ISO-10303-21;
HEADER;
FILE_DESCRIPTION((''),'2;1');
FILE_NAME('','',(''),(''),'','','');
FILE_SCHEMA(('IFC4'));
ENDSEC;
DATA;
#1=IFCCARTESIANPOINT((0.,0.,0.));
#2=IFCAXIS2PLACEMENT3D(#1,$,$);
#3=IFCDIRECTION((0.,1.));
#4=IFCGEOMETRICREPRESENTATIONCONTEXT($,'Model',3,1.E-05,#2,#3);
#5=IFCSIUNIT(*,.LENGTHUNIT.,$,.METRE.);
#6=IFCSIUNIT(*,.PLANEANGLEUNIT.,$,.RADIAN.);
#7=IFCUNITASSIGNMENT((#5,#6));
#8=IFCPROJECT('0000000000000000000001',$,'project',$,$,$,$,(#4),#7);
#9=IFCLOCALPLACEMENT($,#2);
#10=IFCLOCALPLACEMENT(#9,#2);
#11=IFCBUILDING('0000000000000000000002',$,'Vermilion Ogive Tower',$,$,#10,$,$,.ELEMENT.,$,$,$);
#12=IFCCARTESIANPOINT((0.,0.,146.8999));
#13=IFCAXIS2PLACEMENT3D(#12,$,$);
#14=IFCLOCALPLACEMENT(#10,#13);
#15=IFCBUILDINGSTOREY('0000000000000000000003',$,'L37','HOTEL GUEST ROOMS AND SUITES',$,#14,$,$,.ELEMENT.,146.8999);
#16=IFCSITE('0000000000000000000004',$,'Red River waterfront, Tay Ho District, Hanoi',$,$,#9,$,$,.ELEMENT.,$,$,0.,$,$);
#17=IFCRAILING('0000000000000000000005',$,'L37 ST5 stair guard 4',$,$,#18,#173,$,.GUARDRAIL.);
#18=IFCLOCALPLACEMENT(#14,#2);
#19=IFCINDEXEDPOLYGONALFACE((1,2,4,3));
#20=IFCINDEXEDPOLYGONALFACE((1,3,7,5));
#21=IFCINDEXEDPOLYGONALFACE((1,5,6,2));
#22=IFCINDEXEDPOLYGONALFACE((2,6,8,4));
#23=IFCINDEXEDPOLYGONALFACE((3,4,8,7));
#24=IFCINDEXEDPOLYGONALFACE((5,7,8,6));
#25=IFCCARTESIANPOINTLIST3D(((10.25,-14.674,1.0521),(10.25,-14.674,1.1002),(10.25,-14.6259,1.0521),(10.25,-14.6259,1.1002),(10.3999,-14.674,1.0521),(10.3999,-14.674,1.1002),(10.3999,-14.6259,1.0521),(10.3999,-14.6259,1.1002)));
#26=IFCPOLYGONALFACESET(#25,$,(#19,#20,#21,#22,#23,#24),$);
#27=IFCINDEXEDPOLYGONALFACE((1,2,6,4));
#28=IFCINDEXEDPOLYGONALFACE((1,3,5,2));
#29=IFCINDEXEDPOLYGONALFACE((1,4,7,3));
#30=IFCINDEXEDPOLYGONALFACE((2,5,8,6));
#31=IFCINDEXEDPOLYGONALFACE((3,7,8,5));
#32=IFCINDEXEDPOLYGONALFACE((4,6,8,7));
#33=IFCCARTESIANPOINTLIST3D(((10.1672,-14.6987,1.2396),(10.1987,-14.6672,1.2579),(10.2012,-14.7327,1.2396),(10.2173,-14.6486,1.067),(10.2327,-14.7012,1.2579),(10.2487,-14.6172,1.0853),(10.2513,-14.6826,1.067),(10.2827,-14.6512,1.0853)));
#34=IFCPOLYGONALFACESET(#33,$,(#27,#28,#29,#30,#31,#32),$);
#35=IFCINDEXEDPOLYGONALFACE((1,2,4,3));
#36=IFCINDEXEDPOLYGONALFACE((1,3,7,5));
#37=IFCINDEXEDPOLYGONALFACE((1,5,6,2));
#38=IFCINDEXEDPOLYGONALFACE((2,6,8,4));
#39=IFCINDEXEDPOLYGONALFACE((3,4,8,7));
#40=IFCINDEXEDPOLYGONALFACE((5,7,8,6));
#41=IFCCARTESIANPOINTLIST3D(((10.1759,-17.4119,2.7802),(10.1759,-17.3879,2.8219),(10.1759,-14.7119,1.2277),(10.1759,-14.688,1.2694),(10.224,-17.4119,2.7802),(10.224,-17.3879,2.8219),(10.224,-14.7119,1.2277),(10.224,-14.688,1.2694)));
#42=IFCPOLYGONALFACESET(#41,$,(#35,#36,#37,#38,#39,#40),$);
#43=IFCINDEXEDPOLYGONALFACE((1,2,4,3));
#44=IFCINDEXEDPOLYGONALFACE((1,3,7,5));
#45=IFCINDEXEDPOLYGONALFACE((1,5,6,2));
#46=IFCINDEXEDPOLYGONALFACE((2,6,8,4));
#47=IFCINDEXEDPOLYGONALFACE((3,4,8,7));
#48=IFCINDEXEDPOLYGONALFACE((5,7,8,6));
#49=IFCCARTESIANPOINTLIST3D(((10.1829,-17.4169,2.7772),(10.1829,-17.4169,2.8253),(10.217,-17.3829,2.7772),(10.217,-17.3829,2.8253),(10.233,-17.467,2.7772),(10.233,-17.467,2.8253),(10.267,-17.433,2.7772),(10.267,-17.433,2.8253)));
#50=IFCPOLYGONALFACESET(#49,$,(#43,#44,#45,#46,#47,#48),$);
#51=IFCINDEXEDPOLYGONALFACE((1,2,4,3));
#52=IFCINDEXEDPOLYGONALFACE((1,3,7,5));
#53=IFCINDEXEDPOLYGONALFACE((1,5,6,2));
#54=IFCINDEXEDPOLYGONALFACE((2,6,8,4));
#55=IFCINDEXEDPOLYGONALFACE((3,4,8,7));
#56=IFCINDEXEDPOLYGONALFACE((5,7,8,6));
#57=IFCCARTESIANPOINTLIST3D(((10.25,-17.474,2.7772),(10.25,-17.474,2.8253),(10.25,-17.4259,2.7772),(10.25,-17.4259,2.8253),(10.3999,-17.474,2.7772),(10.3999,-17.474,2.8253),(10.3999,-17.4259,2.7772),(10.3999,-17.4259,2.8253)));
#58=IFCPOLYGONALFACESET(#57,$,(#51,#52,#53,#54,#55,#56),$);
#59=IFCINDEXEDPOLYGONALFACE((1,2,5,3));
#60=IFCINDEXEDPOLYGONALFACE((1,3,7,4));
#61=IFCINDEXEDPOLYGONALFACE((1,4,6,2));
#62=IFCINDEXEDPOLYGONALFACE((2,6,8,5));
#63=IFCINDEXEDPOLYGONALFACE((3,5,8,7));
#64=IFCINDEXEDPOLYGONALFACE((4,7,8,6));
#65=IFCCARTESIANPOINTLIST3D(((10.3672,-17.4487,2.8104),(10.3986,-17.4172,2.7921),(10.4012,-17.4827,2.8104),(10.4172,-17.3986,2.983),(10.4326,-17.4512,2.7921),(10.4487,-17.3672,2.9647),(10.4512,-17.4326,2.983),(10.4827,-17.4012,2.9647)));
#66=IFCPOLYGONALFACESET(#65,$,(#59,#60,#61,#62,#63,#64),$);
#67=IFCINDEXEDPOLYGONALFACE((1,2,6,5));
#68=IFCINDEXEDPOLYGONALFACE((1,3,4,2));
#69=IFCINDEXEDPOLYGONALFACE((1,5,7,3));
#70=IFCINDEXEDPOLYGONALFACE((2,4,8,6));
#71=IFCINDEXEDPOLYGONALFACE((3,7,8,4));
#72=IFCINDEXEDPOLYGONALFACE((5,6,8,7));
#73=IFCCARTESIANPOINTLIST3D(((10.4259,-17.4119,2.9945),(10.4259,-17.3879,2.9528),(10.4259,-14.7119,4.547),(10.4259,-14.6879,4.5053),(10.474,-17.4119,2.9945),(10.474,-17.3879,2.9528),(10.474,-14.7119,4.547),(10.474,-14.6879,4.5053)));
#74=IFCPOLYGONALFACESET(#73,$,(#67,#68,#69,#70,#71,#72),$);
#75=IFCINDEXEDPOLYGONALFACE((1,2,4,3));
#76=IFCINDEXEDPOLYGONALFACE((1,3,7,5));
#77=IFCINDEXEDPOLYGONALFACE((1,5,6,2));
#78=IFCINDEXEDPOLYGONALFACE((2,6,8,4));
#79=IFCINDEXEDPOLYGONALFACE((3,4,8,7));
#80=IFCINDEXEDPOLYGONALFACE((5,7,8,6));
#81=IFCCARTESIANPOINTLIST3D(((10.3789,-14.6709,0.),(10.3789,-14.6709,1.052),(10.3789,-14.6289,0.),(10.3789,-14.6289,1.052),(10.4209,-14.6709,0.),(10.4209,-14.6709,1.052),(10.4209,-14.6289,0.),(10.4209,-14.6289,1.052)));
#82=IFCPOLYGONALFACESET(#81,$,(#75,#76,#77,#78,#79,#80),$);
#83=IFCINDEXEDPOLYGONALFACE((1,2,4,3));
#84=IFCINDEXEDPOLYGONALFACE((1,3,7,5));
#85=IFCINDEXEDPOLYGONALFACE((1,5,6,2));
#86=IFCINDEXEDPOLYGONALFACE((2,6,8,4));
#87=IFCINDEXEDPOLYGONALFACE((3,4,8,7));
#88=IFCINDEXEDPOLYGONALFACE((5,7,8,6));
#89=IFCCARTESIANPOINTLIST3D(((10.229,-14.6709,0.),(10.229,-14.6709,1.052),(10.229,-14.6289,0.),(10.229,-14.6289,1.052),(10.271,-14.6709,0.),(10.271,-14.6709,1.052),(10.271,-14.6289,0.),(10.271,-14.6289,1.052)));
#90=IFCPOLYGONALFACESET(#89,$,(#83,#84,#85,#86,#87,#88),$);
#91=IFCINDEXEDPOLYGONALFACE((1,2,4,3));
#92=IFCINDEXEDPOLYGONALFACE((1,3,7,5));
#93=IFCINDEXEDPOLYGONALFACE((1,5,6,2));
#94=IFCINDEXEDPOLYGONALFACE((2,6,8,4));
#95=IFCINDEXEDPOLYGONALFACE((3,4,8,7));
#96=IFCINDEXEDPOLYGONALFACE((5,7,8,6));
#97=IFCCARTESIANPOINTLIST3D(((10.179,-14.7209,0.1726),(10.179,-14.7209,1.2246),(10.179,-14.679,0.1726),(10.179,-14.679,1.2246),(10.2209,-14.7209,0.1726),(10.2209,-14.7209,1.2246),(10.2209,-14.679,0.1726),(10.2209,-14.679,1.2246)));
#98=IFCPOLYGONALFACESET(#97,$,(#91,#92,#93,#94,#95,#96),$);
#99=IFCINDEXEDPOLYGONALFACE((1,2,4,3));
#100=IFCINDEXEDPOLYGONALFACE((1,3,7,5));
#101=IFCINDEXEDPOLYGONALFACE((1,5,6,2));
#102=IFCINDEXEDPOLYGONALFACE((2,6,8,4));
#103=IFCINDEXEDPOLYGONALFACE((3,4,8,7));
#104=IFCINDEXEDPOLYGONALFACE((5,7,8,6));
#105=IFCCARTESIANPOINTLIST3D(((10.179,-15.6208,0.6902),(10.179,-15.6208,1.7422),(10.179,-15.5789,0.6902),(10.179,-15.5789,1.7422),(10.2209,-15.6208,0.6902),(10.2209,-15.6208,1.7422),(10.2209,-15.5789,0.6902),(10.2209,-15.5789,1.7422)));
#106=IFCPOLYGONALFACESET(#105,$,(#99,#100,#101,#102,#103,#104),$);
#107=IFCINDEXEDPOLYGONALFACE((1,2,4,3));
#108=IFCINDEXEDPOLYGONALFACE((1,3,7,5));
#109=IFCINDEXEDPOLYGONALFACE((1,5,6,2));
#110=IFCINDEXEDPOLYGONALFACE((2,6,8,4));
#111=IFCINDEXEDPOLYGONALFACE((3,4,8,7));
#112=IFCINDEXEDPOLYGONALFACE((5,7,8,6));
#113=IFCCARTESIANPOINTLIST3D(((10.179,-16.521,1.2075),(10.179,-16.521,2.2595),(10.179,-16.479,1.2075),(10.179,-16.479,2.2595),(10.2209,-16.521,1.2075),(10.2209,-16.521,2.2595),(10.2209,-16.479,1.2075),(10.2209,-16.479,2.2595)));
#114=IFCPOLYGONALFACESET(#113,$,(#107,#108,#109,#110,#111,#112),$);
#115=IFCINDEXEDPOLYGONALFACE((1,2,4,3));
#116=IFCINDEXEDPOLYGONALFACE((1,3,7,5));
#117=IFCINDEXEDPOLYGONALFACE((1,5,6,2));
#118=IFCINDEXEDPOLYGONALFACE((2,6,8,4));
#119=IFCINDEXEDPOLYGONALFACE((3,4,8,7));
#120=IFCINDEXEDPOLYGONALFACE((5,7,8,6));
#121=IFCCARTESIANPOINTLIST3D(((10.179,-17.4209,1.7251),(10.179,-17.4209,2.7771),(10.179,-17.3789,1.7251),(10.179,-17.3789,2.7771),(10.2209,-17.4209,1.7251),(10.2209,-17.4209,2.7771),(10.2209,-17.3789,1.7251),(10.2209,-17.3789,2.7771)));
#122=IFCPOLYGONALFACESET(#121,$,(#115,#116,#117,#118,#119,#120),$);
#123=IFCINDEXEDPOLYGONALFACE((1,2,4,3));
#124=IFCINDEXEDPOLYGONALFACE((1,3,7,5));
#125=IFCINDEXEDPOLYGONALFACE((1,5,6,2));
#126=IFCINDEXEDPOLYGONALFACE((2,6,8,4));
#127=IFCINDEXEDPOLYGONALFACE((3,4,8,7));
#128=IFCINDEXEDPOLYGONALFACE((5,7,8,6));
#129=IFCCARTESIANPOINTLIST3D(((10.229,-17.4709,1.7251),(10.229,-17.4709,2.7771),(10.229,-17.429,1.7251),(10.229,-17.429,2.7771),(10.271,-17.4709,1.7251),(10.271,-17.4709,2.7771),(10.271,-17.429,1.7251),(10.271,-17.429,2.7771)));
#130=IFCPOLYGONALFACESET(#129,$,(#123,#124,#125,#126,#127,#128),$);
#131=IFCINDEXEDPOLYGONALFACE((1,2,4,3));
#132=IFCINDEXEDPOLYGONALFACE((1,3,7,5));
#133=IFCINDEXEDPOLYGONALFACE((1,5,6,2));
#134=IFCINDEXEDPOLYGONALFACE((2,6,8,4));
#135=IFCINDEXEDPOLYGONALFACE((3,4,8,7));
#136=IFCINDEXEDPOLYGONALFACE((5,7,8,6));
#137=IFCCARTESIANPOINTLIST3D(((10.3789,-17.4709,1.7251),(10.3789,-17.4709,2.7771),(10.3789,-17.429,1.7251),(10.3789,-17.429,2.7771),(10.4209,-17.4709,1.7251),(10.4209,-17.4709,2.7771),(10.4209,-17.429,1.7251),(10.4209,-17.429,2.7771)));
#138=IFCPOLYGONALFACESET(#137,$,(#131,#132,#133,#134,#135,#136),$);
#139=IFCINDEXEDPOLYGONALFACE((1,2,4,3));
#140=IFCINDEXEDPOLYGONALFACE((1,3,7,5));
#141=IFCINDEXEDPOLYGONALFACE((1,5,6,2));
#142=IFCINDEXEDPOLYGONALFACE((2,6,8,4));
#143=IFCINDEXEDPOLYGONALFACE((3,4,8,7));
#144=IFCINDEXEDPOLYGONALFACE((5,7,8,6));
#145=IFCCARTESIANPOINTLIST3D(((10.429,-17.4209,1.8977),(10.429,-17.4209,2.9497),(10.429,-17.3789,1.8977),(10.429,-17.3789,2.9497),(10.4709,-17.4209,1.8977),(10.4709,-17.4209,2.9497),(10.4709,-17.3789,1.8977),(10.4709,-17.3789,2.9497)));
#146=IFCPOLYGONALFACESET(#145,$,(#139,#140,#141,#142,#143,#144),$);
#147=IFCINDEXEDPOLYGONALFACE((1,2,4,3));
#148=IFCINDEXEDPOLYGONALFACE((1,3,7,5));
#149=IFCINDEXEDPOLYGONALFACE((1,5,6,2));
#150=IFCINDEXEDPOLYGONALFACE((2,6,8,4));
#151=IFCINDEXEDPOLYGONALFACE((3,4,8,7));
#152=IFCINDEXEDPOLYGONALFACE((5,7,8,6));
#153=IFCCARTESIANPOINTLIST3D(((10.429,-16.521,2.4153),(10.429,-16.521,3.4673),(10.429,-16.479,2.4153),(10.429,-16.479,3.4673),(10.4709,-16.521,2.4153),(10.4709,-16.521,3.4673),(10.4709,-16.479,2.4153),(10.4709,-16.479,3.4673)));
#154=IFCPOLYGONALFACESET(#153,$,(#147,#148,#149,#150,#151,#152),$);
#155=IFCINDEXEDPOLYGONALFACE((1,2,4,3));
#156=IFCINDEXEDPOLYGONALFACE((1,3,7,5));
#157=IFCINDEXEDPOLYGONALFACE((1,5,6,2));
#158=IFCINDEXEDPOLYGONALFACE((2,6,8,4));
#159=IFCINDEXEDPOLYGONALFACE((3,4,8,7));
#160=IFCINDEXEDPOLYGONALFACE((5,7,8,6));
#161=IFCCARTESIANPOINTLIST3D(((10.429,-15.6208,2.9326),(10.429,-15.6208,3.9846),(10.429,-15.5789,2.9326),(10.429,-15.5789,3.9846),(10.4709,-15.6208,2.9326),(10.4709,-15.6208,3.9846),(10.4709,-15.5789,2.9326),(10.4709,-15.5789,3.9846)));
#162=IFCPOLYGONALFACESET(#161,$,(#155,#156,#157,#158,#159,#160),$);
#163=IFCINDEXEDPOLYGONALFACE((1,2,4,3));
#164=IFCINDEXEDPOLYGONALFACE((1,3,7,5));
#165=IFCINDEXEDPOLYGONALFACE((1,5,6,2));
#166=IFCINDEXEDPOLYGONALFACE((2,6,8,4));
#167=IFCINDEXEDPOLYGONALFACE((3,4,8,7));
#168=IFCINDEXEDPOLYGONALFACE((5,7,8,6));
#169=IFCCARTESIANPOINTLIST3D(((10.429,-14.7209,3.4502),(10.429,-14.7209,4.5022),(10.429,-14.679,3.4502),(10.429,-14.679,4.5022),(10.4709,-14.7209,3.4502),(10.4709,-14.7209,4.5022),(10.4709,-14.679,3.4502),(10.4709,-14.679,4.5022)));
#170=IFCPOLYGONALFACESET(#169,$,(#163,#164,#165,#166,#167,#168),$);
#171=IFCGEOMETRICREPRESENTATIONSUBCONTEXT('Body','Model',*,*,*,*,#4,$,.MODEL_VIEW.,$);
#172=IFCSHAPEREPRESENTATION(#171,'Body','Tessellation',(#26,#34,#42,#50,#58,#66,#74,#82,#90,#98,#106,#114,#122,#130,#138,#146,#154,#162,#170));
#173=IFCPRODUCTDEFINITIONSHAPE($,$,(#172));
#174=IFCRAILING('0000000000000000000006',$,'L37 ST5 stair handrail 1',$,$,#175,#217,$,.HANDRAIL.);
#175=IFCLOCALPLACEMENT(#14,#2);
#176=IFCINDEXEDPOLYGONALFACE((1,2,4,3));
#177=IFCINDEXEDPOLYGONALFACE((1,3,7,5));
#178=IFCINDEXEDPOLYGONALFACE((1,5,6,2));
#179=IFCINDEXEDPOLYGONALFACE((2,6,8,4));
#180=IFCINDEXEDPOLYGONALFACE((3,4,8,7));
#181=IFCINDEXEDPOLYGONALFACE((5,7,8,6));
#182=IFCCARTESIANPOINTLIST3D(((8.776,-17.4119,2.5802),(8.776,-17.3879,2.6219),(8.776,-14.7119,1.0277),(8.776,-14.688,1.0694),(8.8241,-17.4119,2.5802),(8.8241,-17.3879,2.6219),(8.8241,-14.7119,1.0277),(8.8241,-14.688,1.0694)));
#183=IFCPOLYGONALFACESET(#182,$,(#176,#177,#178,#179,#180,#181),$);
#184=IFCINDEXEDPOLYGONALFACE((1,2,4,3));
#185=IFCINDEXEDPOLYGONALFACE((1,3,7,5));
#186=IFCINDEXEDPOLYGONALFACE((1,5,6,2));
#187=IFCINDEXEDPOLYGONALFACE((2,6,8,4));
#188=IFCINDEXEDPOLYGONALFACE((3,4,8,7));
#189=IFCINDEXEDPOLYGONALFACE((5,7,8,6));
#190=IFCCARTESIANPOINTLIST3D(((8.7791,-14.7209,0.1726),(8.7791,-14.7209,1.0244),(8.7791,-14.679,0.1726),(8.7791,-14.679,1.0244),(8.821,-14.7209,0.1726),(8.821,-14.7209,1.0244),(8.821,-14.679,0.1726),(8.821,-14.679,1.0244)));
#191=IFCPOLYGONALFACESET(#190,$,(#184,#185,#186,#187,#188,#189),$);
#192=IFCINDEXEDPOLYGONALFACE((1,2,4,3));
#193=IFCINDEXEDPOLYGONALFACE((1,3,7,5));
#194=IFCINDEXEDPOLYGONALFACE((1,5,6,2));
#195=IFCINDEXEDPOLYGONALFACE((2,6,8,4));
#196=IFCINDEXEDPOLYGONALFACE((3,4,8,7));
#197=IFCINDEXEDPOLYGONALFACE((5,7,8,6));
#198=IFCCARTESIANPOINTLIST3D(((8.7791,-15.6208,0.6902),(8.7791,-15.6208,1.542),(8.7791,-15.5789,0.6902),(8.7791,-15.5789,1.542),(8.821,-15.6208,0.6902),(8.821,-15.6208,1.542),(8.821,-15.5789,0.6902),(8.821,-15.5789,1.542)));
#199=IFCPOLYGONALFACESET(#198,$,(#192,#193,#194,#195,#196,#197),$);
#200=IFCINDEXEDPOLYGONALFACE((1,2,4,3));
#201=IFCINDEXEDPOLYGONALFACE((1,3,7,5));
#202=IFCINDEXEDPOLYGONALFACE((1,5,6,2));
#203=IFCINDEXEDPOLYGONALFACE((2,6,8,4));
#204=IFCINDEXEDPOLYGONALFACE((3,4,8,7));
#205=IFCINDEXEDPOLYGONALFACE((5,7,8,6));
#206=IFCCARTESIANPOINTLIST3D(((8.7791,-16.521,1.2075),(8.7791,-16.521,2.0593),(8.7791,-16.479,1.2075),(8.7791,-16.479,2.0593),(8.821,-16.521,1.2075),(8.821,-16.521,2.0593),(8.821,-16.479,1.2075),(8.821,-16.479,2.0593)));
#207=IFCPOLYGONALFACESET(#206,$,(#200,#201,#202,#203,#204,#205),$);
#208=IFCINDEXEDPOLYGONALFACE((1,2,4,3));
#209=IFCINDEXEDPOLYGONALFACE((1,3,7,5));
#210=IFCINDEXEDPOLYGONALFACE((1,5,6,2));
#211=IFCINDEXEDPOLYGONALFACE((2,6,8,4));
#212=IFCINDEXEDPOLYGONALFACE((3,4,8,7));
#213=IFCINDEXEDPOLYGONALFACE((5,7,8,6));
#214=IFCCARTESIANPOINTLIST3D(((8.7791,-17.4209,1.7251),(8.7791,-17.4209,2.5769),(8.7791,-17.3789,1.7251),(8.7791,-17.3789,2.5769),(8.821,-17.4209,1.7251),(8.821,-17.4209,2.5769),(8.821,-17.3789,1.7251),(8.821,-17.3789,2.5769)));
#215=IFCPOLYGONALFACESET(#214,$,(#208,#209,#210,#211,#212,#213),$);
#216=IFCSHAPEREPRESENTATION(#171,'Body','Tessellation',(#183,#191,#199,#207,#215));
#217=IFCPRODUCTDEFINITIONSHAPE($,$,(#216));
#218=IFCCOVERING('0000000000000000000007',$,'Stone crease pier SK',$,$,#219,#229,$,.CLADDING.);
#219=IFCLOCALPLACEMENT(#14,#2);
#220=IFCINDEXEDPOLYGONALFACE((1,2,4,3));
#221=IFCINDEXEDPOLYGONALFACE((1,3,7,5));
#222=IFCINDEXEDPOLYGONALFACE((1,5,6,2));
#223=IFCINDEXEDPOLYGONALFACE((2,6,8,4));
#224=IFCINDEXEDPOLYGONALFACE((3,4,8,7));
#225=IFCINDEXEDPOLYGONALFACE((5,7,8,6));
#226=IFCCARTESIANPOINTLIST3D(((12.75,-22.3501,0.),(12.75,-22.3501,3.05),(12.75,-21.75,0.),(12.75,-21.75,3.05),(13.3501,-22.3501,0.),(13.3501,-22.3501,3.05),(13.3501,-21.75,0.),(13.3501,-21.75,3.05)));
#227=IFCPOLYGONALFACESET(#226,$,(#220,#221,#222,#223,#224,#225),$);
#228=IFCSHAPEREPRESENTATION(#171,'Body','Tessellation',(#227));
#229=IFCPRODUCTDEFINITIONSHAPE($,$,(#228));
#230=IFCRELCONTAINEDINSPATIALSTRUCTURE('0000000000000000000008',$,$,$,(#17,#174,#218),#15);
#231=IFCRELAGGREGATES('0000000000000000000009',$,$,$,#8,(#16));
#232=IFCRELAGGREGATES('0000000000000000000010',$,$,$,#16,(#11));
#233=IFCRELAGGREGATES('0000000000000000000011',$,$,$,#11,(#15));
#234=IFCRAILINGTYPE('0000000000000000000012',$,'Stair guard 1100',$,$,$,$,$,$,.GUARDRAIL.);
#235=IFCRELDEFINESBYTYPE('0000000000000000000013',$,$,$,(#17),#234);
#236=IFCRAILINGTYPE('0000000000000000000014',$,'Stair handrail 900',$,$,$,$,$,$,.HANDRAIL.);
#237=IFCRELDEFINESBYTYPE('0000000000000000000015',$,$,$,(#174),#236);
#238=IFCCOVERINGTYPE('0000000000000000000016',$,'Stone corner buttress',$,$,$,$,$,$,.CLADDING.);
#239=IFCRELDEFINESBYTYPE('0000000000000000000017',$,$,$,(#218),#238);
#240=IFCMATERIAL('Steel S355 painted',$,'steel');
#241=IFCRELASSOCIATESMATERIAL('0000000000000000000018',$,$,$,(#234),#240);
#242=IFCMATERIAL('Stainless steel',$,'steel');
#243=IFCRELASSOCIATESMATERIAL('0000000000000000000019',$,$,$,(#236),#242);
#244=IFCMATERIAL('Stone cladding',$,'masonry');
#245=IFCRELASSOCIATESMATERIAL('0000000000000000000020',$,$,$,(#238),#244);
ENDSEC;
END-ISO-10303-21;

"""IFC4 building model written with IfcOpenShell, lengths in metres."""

from ifc_helpers import new_model, si_unit, direction, frame, origin, origin_2d, place, context, subcontext, project, spatial, polyline, rectangle, outline, extrude, material, type_object, element, save


model = new_model("IFC4")

# Units and contexts
model_context = context("Model", 3, precision=1e-05, world=origin(), true_north=direction((0.0, 1.0)))
body_context = subcontext(model_context, "Body", "Model", "MODEL_VIEW")
ifc_project = project(units=[si_unit("LENGTHUNIT", "METRE"), si_unit("PLANEANGLEUNIT", "RADIAN")], contexts=[model_context])

# Site, building, storey
site_placement = place(None, origin())
site = spatial("IfcSite", under=ifc_project, at=site_placement, Name="Red River waterfront, Tay Ho District, Hanoi", CompositionType="ELEMENT", RefElevation=0.0)
building_placement = place(site_placement, origin())
building = spatial("IfcBuilding", under=site, at=building_placement, Name="Vermilion Ogive Tower", CompositionType="ELEMENT")
storey_placement = place(building_placement, frame((0.0, 0.0, 146.8999)))
storey = spatial("IfcBuildingStorey", under=building, at=storey_placement, Name="L37", Description="HOTEL GUEST ROOMS AND SUITES", CompositionType="ELEMENT", Elevation=146.8999)

# Railings
ifc_material_1 = material(Name="Steel S355 painted", Category="steel")
railing_type_1 = type_object("IfcRailingType", Name="Stair guard 1100", PredefinedType="GUARDRAIL", material=ifc_material_1)
railing_1_placement = place(storey_placement, frame((10.3999, -14.6499, 0.0)))
element("IfcRailing", 1, at=railing_1_placement, inside=storey, type_object=railing_type_1, Name="L37 ST5 stair guard 4", PredefinedType="GUARDRAIL", context=body_context, shape_type="SweptSolid", body=[
    extrude(rectangle(XDim=0.0481, YDim=0.0481, at=origin_2d()), frame((0.0, 0.0, 1.0762), z_axis=(-1.0, 0.0, 0.0), x_axis=(0.0, -1.0, 0.0)), (0.0, 0.0, 1.0), 0.1499),
    extrude(rectangle(XDim=0.0481, YDim=0.0481, at=origin_2d()), frame((-0.1499, 0.0, 1.0762), z_axis=(-0.268278, -0.268278, 0.925232), x_axis=(0.707107, -0.707107, 0.0)), (0.0, 0.0, 1.0), 0.1865),
    extrude(rectangle(XDim=0.0481, YDim=0.0481, at=origin_2d()), frame((-0.2, -0.05, 1.2485), z_axis=(0.0, -0.866904, 0.498476), x_axis=(1.0, 0.0, 0.0)), (0.0, 0.0, 1.0), 3.1145),
    extrude(rectangle(XDim=0.0481, YDim=0.0481, at=origin_2d()), frame((-0.2, -2.75, 2.8013), z_axis=(0.707107, -0.707107, 0.0), x_axis=(0.707107, 0.707107, 0.0)), (0.0, 0.0, 1.0), 0.0708),
    extrude(rectangle(XDim=0.0481, YDim=0.0481, at=origin_2d()), frame((-0.1499, -2.8, 2.8013), z_axis=(1.0, 0.0, 0.0), x_axis=(0.0, 1.0, 0.0)), (0.0, 0.0, 1.0), 0.1499),
    extrude(rectangle(XDim=0.0481, YDim=0.0481, at=origin_2d()), frame((0.0, -2.8, 2.8013), z_axis=(0.268278, 0.268278, 0.925232), x_axis=(-0.707107, 0.707107, 0.0)), (0.0, 0.0, 1.0), 0.1865),
    extrude(rectangle(XDim=0.0481, YDim=0.0481, at=origin_2d()), frame((0.05, -2.75, 2.9736), z_axis=(0.0, 0.866904, 0.498476), x_axis=(-1.0, 0.0, 0.0)), (0.0, 0.0, 1.0), 3.1145),
    extrude(rectangle(XDim=0.042, YDim=0.042, at=origin_2d()), origin(), (0.0, 0.0, 1.0), 1.052),
    extrude(rectangle(XDim=0.042, YDim=0.042, at=origin_2d()), frame((-0.1499, 0.0, 0.0)), (0.0, 0.0, 1.0), 1.052),
    extrude(rectangle(XDim=0.042, YDim=0.042, at=origin_2d()), frame((-0.2, -0.05, 0.1726)), (0.0, 0.0, 1.0), 1.052),
    extrude(rectangle(XDim=0.042, YDim=0.042, at=origin_2d()), frame((-0.2, -0.95, 0.6902)), (0.0, 0.0, 1.0), 1.052),
    extrude(rectangle(XDim=0.042, YDim=0.042, at=origin_2d()), frame((-0.2, -1.8501, 1.2075)), (0.0, 0.0, 1.0), 1.052),
    extrude(rectangle(XDim=0.042, YDim=0.042, at=origin_2d()), frame((-0.2, -2.75, 1.7251)), (0.0, 0.0, 1.0), 1.052),
    extrude(rectangle(XDim=0.042, YDim=0.042, at=origin_2d()), frame((-0.1499, -2.8, 1.7251)), (0.0, 0.0, 1.0), 1.052),
    extrude(rectangle(XDim=0.042, YDim=0.042, at=origin_2d()), frame((0.0, -2.8, 1.7251)), (0.0, 0.0, 1.0), 1.052),
    extrude(rectangle(XDim=0.042, YDim=0.042, at=origin_2d()), frame((0.05, -2.75, 1.8977)), (0.0, 0.0, 1.0), 1.052),
    extrude(rectangle(XDim=0.042, YDim=0.042, at=origin_2d()), frame((0.05, -1.8501, 2.4153)), (0.0, 0.0, 1.0), 1.052),
    extrude(rectangle(XDim=0.042, YDim=0.042, at=origin_2d()), frame((0.05, -0.95, 2.9326)), (0.0, 0.0, 1.0), 1.052),
    extrude(rectangle(XDim=0.042, YDim=0.042, at=origin_2d()), frame((0.05, -0.05, 3.4502)), (0.0, 0.0, 1.0), 1.052),
])
ifc_material_2 = material(Name="Stainless steel", Category="steel")
railing_type_2 = type_object("IfcRailingType", Name="Stair handrail 900", PredefinedType="HANDRAIL", material=ifc_material_2)
railing_2_placement = place(storey_placement, frame((8.8, -14.7, 0.1726)))
element("IfcRailing", 2, at=railing_2_placement, inside=storey, type_object=railing_type_2, Name="L37 ST5 stair handrail 1", PredefinedType="HANDRAIL", context=body_context, shape_type="SweptSolid", body=[
    extrude(rectangle(XDim=0.0481, YDim=0.0481, at=origin_2d()), frame((0.0, 0.0, 0.876), z_axis=(0.0, -0.866904, 0.498476), x_axis=(1.0, 0.0, 0.0)), (0.0, 0.0, 1.0), 3.1145),
    extrude(rectangle(XDim=0.042, YDim=0.042, at=origin_2d()), origin(), (0.0, 0.0, 1.0), 0.8518),
    extrude(rectangle(XDim=0.042, YDim=0.042, at=origin_2d()), frame((0.0, -0.8999, 0.5176)), (0.0, 0.0, 1.0), 0.8518),
    extrude(rectangle(XDim=0.042, YDim=0.042, at=origin_2d()), frame((0.0, -1.8, 1.0349)), (0.0, 0.0, 1.0), 0.8518),
    extrude(rectangle(XDim=0.042, YDim=0.042, at=origin_2d()), frame((0.0, -2.7, 1.5525)), (0.0, 0.0, 1.0), 0.8518),
])

# Covering
ifc_material_3 = material(Name="Stone cladding", Category="masonry")
covering_type = type_object("IfcCoveringType", Name="Stone corner buttress", PredefinedType="CLADDING", material=ifc_material_3)
covering_1_placement = place(storey_placement, origin())
element("IfcCovering", 3, at=covering_1_placement, inside=storey, type_object=covering_type, Name="Stone crease pier SK", PredefinedType="CLADDING", context=body_context, shape_type="SweptSolid", body=[
    extrude(outline(polyline([(12.75, -22.3501), (13.3501, -22.3501), (13.3501, -21.75), (12.75, -21.75), (12.75, -22.3501)])), origin(), (0.0, 0.0, 1.0), 3.05),
])

save(model, "model.ifc")
